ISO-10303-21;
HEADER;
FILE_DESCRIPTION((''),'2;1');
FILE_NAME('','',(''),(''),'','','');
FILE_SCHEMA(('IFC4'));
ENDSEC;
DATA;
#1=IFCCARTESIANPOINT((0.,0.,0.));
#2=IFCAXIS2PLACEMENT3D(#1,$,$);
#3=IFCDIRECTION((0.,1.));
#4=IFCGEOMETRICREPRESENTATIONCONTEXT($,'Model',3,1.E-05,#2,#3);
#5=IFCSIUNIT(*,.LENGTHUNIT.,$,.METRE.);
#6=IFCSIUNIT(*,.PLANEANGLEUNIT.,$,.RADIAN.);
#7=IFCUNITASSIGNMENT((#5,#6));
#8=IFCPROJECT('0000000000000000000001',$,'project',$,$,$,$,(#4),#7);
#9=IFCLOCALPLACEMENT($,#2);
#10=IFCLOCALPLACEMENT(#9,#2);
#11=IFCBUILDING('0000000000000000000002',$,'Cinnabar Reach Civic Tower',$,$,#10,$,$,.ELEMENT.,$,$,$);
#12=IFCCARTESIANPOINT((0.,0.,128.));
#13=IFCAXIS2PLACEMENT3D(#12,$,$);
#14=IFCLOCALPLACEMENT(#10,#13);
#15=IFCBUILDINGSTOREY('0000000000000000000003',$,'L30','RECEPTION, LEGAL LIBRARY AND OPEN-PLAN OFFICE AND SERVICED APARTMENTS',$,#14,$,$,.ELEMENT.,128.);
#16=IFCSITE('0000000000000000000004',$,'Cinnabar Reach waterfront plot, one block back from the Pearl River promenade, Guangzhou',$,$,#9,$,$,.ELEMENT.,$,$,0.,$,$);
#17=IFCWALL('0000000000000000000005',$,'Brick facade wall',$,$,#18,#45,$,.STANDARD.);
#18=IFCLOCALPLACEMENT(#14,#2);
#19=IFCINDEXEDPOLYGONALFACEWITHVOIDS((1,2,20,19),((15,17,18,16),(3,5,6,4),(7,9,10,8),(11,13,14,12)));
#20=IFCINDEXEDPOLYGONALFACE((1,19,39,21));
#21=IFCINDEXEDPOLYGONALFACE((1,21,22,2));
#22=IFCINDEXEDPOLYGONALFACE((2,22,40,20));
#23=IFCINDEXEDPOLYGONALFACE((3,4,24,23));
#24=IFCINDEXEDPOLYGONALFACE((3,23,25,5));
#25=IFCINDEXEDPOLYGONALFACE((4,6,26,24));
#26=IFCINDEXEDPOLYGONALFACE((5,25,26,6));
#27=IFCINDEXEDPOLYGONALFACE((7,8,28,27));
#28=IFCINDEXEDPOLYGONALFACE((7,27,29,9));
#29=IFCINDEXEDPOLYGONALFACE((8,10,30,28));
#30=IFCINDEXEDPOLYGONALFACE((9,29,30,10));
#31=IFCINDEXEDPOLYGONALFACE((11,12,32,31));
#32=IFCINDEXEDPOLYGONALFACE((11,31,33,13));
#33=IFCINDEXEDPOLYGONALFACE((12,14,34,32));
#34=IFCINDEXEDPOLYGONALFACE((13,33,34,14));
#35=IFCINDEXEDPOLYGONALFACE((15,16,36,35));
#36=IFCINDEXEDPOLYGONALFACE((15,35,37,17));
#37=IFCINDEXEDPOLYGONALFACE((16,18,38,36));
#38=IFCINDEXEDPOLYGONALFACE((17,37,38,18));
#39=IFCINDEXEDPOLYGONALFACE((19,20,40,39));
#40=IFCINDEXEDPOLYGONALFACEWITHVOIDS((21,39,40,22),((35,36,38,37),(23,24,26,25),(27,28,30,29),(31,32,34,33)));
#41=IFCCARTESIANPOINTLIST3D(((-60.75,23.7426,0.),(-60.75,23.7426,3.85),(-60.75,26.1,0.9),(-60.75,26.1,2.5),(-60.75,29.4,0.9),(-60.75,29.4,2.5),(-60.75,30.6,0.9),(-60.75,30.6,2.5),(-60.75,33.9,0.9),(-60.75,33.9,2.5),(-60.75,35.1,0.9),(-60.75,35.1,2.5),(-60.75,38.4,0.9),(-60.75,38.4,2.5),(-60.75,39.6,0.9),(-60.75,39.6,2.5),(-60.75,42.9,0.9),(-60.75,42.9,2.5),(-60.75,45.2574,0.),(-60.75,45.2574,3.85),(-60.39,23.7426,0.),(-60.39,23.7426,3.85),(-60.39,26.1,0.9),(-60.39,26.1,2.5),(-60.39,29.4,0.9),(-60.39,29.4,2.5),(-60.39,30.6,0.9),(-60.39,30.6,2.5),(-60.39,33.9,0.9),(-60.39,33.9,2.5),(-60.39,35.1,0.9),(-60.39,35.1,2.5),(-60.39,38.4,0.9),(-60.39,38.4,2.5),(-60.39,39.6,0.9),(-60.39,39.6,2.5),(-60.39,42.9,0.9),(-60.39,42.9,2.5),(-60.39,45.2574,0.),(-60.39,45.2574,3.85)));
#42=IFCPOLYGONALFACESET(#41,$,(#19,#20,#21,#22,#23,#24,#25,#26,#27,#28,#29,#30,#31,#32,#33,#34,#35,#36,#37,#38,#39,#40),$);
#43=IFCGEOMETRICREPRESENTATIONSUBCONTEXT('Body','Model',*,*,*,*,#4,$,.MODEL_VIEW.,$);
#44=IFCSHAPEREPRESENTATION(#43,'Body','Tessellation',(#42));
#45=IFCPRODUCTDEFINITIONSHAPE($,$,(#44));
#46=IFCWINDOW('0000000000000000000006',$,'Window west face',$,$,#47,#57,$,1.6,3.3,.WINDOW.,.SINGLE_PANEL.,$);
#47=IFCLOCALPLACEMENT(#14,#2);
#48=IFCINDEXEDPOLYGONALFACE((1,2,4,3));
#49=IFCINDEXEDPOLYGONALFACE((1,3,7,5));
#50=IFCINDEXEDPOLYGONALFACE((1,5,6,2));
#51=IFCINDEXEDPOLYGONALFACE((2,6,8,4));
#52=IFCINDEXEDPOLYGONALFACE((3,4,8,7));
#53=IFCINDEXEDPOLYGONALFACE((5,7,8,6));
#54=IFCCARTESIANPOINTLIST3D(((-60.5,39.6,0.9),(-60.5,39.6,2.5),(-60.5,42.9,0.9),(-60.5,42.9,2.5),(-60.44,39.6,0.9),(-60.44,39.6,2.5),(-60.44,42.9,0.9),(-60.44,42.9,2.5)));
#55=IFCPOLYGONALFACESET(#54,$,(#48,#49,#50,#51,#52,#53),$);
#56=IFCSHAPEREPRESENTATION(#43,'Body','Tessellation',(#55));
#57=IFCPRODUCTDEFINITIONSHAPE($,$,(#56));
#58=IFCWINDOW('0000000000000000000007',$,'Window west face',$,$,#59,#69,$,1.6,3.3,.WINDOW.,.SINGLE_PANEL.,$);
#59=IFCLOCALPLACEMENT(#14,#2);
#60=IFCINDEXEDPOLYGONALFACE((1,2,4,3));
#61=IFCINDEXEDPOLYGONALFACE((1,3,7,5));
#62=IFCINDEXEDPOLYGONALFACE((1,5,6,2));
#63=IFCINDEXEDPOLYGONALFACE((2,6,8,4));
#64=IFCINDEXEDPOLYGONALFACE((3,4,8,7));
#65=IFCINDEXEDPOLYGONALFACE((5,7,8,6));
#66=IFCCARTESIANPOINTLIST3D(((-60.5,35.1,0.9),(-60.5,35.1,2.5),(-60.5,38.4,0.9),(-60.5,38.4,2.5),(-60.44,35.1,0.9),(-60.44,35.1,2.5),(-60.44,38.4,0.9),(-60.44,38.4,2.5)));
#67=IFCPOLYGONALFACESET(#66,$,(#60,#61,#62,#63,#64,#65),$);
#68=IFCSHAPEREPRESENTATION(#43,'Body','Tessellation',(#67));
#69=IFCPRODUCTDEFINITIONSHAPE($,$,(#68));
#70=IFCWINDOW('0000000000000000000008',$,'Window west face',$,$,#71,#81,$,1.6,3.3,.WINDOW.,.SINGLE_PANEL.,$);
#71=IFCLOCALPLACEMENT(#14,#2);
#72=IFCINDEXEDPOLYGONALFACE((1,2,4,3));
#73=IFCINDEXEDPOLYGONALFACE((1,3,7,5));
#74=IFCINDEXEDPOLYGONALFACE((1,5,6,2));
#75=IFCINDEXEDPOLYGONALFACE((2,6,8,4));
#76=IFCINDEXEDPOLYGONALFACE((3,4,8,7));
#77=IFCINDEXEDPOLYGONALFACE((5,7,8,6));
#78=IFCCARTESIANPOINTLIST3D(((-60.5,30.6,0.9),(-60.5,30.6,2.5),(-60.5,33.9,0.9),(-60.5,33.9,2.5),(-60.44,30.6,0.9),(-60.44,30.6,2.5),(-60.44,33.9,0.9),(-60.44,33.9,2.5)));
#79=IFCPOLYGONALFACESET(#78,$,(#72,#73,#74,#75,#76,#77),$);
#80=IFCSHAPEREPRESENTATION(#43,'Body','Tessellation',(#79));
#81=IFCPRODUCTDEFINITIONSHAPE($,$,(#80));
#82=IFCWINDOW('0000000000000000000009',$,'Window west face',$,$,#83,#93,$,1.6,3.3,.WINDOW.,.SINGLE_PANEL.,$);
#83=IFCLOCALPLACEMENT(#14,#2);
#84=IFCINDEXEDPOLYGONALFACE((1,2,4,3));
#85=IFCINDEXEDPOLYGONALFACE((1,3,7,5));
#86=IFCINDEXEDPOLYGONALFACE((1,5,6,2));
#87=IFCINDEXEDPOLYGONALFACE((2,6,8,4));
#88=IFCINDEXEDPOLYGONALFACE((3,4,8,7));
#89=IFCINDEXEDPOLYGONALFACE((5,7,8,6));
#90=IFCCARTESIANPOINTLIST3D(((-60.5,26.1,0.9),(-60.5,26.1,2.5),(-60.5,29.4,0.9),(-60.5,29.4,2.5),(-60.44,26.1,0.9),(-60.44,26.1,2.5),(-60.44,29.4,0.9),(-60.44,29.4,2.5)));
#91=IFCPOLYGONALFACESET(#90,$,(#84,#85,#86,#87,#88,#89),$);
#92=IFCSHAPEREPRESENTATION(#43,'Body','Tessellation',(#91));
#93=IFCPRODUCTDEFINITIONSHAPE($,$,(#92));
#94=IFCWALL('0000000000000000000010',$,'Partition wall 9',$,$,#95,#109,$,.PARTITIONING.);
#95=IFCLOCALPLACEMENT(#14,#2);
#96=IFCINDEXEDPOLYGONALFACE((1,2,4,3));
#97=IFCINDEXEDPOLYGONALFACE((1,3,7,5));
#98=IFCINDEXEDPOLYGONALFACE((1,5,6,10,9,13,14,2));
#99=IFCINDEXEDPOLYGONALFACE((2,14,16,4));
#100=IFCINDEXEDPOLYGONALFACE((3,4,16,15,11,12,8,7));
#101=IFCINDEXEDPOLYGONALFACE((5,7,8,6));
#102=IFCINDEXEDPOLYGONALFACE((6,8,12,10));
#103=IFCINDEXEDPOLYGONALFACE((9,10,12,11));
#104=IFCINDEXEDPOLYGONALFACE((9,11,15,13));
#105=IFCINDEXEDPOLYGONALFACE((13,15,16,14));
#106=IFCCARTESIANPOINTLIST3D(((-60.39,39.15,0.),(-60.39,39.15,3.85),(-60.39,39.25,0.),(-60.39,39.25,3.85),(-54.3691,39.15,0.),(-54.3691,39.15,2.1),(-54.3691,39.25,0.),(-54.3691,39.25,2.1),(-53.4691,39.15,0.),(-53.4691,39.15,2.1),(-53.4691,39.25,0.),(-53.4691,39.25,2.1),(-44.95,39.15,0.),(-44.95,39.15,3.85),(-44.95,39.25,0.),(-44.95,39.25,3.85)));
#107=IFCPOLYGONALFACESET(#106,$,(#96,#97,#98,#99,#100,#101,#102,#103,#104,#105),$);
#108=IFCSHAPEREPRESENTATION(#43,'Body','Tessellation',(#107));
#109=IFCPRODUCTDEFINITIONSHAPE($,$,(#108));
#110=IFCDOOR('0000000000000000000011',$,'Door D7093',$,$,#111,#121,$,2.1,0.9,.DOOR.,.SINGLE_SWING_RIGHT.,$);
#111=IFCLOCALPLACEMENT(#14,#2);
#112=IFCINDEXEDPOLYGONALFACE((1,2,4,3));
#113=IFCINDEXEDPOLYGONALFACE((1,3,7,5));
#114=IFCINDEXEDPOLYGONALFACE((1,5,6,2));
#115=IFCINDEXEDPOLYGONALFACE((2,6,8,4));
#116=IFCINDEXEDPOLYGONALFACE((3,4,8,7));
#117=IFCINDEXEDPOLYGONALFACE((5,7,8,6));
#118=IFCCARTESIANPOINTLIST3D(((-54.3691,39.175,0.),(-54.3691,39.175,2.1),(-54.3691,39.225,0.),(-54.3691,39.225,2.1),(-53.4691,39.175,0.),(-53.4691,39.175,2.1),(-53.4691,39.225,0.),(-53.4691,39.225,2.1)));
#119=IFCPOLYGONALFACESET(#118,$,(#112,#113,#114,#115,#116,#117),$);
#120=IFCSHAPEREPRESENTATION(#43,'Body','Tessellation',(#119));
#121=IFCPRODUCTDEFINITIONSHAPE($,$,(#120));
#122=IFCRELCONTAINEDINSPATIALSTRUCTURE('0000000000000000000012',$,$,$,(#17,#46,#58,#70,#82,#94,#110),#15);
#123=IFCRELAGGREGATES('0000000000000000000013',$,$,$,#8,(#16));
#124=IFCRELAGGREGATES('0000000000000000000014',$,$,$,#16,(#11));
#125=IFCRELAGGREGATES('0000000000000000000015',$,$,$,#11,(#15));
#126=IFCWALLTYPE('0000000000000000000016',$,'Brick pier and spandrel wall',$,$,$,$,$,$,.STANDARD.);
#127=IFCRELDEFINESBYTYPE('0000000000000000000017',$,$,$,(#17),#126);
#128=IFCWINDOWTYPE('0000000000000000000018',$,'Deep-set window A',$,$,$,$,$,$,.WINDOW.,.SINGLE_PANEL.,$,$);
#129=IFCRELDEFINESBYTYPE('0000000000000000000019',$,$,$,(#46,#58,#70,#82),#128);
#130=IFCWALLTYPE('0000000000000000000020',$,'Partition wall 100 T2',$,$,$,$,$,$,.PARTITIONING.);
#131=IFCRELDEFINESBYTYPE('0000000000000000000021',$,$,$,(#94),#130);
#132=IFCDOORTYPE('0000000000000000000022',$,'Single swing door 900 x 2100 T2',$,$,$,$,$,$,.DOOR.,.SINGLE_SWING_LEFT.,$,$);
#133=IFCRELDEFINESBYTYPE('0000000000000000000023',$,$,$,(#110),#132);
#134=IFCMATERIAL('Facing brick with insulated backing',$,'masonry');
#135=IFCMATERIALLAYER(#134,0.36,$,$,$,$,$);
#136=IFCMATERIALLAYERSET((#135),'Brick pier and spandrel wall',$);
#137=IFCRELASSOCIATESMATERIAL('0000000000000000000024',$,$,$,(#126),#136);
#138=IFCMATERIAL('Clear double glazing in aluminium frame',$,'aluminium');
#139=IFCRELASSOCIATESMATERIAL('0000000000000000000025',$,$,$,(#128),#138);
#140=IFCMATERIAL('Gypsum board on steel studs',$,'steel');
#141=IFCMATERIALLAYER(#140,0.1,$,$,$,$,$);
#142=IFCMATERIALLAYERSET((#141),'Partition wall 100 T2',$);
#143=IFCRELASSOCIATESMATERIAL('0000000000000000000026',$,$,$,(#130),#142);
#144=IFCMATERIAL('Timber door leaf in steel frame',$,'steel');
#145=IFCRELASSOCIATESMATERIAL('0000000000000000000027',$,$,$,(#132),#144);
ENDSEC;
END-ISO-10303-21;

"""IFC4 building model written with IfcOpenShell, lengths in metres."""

from ifc_helpers import new_model, si_unit, direction, frame, frame_2d, origin, place, context, subcontext, project, spatial, rectangle, extrude, material, layer, layer_set, type_object, element, fill, save


model = new_model("IFC4")

# Units and contexts
model_context = context("Model", 3, precision=1e-05, world=origin(), true_north=direction((0.0, 1.0)))
body_context = subcontext(model_context, "Body", "Model", "MODEL_VIEW")
ifc_project = project(units=[si_unit("LENGTHUNIT", "METRE"), si_unit("PLANEANGLEUNIT", "RADIAN")], contexts=[model_context])

# Site, building, storey
site_placement = place(None, origin())
site = spatial("IfcSite", under=ifc_project, at=site_placement, Name="Cinnabar Reach waterfront plot, one block back from the Pearl River promenade, Guangzhou", CompositionType="ELEMENT", RefElevation=0.0)
building_placement = place(site_placement, origin())
building = spatial("IfcBuilding", under=site, at=building_placement, Name="Cinnabar Reach Civic Tower", CompositionType="ELEMENT")
storey_placement = place(building_placement, frame((0.0, 0.0, 128.0)))
storey = spatial("IfcBuildingStorey", under=building, at=storey_placement, Name="L30", Description="RECEPTION, LEGAL LIBRARY AND OPEN-PLAN OFFICE AND SERVICED APARTMENTS", CompositionType="ELEMENT", Elevation=128.0)

# Shared definitions
ifc_material_1 = material(Name="Facing brick with insulated backing", Category="masonry")
ifc_layer_1 = layer(ifc_material_1, 0.36)
ifc_layer_set_1 = layer_set([ifc_layer_1], Name="Brick pier and spandrel wall")
wall_type_1 = type_object("IfcWallType", Name="Brick pier and spandrel wall", PredefinedType="STANDARD", material=ifc_layer_set_1)

# Wall, openings, windows
wall_1_placement = place(storey_placement, frame((-60.57, 45.2574, 0.0), z_axis=(0.0, 0.0, 1.0), x_axis=(0.0, -1.0, 0.0)))
wall_1 = element("IfcWall", 1, at=wall_1_placement, inside=storey, type_object=wall_type_1, Name="Brick facade wall", PredefinedType="STANDARD", context=body_context, shape_type="SweptSolid", body=[
    extrude(rectangle(XDim=21.5148, YDim=0.36, at=frame_2d((10.7574, 0.0))), origin(), (0.0, 0.0, 1.0), 3.85),
])
opening_1_placement = place(wall_1_placement, frame((2.3574, 0.0, 0.9)))
opening_1 = element("IfcOpeningElement", 2, at=opening_1_placement, cuts=wall_1, PredefinedType="OPENING", context=body_context, shape_type="SweptSolid", body=[
    extrude(rectangle(XDim=3.3, YDim=1.6, at=frame_2d((1.65, 0.8))), frame((0.0, 0.19, 0.0), z_axis=(0.0, -1.0, 0.0), x_axis=(1.0, 0.0, 0.0)), (0.0, 0.0, 1.0), 0.38),
])
opening_2_placement = place(wall_1_placement, frame((6.8574, 0.0, 0.9)))
opening_2 = element("IfcOpeningElement", 3, at=opening_2_placement, cuts=wall_1, PredefinedType="OPENING", context=body_context, shape_type="SweptSolid", body=[
    extrude(rectangle(XDim=3.3, YDim=1.6, at=frame_2d((1.65, 0.8))), frame((0.0, 0.19, 0.0), z_axis=(0.0, -1.0, 0.0), x_axis=(1.0, 0.0, 0.0)), (0.0, 0.0, 1.0), 0.38),
])
opening_3_placement = place(wall_1_placement, frame((11.3574, 0.0, 0.9)))
opening_3 = element("IfcOpeningElement", 4, at=opening_3_placement, cuts=wall_1, PredefinedType="OPENING", context=body_context, shape_type="SweptSolid", body=[
    extrude(rectangle(XDim=3.3, YDim=1.6, at=frame_2d((1.65, 0.8))), frame((0.0, 0.19, 0.0), z_axis=(0.0, -1.0, 0.0), x_axis=(1.0, 0.0, 0.0)), (0.0, 0.0, 1.0), 0.38),
])
opening_4_placement = place(wall_1_placement, frame((15.8574, 0.0, 0.9)))
opening_4 = element("IfcOpeningElement", 5, at=opening_4_placement, cuts=wall_1, PredefinedType="OPENING", context=body_context, shape_type="SweptSolid", body=[
    extrude(rectangle(XDim=3.3, YDim=1.6, at=frame_2d((1.65, 0.8))), frame((0.0, 0.19, 0.0), z_axis=(0.0, -1.0, 0.0), x_axis=(1.0, 0.0, 0.0)), (0.0, 0.0, 1.0), 0.38),
])
ifc_material_2 = material(Name="Clear double glazing in aluminium frame", Category="aluminium")
window_type = type_object("IfcWindowType", Name="Deep-set window A", PartitioningType="SINGLE_PANEL", PredefinedType="WINDOW", material=ifc_material_2)
window_1_placement = place(opening_1_placement, origin())
window_1 = element("IfcWindow", 6, at=window_1_placement, inside=storey, type_object=window_type, Name="Window west face", OverallHeight=1.6, OverallWidth=3.3, PartitioningType="SINGLE_PANEL", PredefinedType="WINDOW", context=body_context, shape_type="SweptSolid", body=[
    extrude(rectangle(XDim=3.3, YDim=1.6, at=frame_2d((1.65, 0.8))), frame((0.0, 0.13, 0.0), z_axis=(0.0, -1.0, 0.0), x_axis=(1.0, 0.0, 0.0)), (0.0, 0.0, 1.0), 0.06),
])
fill(opening_1, window_1)
window_2_placement = place(opening_2_placement, origin())
window_2 = element("IfcWindow", 7, at=window_2_placement, inside=storey, type_object=window_type, Name="Window west face", OverallHeight=1.6, OverallWidth=3.3, PartitioningType="SINGLE_PANEL", PredefinedType="WINDOW", context=body_context, shape_type="SweptSolid", body=[
    extrude(rectangle(XDim=3.3, YDim=1.6, at=frame_2d((1.65, 0.8))), frame((0.0, 0.13, 0.0), z_axis=(0.0, -1.0, 0.0), x_axis=(1.0, 0.0, 0.0)), (0.0, 0.0, 1.0), 0.06),
])
fill(opening_2, window_2)
window_3_placement = place(opening_3_placement, origin())
window_3 = element("IfcWindow", 8, at=window_3_placement, inside=storey, type_object=window_type, Name="Window west face", OverallHeight=1.6, OverallWidth=3.3, PartitioningType="SINGLE_PANEL", PredefinedType="WINDOW", context=body_context, shape_type="SweptSolid", body=[
    extrude(rectangle(XDim=3.3, YDim=1.6, at=frame_2d((1.65, 0.8))), frame((0.0, 0.13, 0.0), z_axis=(0.0, -1.0, 0.0), x_axis=(1.0, 0.0, 0.0)), (0.0, 0.0, 1.0), 0.06),
])
fill(opening_3, window_3)
window_4_placement = place(opening_4_placement, origin())
window_4 = element("IfcWindow", 9, at=window_4_placement, inside=storey, type_object=window_type, Name="Window west face", OverallHeight=1.6, OverallWidth=3.3, PartitioningType="SINGLE_PANEL", PredefinedType="WINDOW", context=body_context, shape_type="SweptSolid", body=[
    extrude(rectangle(XDim=3.3, YDim=1.6, at=frame_2d((1.65, 0.8))), frame((0.0, 0.13, 0.0), z_axis=(0.0, -1.0, 0.0), x_axis=(1.0, 0.0, 0.0)), (0.0, 0.0, 1.0), 0.06),
])
fill(opening_4, window_4)

# Wall, opening, door
ifc_material_3 = material(Name="Gypsum board on steel studs", Category="steel")
ifc_layer_2 = layer(ifc_material_3, 0.1)
ifc_layer_set_2 = layer_set([ifc_layer_2], Name="Partition wall 100 T2")
wall_type_2 = type_object("IfcWallType", Name="Partition wall 100 T2", PredefinedType="PARTITIONING", material=ifc_layer_set_2)
wall_2_placement = place(storey_placement, frame((-60.39, 39.2, 0.0), z_axis=(0.0, 0.0, 1.0), x_axis=(1.0, 0.0, 0.0)))
wall_2 = element("IfcWall", 10, at=wall_2_placement, inside=storey, type_object=wall_type_2, Name="Partition wall 9", PredefinedType="PARTITIONING", context=body_context, shape_type="SweptSolid", body=[
    extrude(rectangle(XDim=15.44, YDim=0.1, at=frame_2d((7.72, 0.0))), origin(), (0.0, 0.0, 1.0), 3.85),
])
opening_5_placement = place(wall_2_placement, frame((6.0209, 0.0, 0.0)))
opening_5 = element("IfcOpeningElement", 11, at=opening_5_placement, cuts=wall_2, PredefinedType="OPENING", context=body_context, shape_type="SweptSolid", body=[
    extrude(rectangle(XDim=0.9, YDim=2.1, at=frame_2d((0.45, 1.05))), frame((0.0, 0.06, 0.0), z_axis=(0.0, -1.0, 0.0), x_axis=(1.0, 0.0, 0.0)), (0.0, 0.0, 1.0), 0.12),
])
ifc_material_4 = material(Name="Timber door leaf in steel frame", Category="steel")
door_type = type_object("IfcDoorType", Name="Single swing door 900 x 2100 T2", OperationType="SINGLE_SWING_LEFT", PredefinedType="DOOR", material=ifc_material_4)
door_placement = place(opening_5_placement, frame((0.9, 0.0, 0.0), z_axis=(0.0, 0.0, 1.0), x_axis=(-1.0, 0.0, 0.0)))
door = element("IfcDoor", 12, at=door_placement, inside=storey, type_object=door_type, Name="Door D7093", OperationType="SINGLE_SWING_RIGHT", OverallHeight=2.1, OverallWidth=0.9, PredefinedType="DOOR", context=body_context, shape_type="SweptSolid", body=[
    extrude(rectangle(XDim=0.9, YDim=2.1, at=frame_2d((0.45, 1.05))), frame((0.0, 0.025, 0.0), z_axis=(0.0, -1.0, 0.0), x_axis=(1.0, 0.0, 0.0)), (0.0, 0.0, 1.0), 0.05),
])
fill(opening_5, door)

save(model, "model.ifc")
